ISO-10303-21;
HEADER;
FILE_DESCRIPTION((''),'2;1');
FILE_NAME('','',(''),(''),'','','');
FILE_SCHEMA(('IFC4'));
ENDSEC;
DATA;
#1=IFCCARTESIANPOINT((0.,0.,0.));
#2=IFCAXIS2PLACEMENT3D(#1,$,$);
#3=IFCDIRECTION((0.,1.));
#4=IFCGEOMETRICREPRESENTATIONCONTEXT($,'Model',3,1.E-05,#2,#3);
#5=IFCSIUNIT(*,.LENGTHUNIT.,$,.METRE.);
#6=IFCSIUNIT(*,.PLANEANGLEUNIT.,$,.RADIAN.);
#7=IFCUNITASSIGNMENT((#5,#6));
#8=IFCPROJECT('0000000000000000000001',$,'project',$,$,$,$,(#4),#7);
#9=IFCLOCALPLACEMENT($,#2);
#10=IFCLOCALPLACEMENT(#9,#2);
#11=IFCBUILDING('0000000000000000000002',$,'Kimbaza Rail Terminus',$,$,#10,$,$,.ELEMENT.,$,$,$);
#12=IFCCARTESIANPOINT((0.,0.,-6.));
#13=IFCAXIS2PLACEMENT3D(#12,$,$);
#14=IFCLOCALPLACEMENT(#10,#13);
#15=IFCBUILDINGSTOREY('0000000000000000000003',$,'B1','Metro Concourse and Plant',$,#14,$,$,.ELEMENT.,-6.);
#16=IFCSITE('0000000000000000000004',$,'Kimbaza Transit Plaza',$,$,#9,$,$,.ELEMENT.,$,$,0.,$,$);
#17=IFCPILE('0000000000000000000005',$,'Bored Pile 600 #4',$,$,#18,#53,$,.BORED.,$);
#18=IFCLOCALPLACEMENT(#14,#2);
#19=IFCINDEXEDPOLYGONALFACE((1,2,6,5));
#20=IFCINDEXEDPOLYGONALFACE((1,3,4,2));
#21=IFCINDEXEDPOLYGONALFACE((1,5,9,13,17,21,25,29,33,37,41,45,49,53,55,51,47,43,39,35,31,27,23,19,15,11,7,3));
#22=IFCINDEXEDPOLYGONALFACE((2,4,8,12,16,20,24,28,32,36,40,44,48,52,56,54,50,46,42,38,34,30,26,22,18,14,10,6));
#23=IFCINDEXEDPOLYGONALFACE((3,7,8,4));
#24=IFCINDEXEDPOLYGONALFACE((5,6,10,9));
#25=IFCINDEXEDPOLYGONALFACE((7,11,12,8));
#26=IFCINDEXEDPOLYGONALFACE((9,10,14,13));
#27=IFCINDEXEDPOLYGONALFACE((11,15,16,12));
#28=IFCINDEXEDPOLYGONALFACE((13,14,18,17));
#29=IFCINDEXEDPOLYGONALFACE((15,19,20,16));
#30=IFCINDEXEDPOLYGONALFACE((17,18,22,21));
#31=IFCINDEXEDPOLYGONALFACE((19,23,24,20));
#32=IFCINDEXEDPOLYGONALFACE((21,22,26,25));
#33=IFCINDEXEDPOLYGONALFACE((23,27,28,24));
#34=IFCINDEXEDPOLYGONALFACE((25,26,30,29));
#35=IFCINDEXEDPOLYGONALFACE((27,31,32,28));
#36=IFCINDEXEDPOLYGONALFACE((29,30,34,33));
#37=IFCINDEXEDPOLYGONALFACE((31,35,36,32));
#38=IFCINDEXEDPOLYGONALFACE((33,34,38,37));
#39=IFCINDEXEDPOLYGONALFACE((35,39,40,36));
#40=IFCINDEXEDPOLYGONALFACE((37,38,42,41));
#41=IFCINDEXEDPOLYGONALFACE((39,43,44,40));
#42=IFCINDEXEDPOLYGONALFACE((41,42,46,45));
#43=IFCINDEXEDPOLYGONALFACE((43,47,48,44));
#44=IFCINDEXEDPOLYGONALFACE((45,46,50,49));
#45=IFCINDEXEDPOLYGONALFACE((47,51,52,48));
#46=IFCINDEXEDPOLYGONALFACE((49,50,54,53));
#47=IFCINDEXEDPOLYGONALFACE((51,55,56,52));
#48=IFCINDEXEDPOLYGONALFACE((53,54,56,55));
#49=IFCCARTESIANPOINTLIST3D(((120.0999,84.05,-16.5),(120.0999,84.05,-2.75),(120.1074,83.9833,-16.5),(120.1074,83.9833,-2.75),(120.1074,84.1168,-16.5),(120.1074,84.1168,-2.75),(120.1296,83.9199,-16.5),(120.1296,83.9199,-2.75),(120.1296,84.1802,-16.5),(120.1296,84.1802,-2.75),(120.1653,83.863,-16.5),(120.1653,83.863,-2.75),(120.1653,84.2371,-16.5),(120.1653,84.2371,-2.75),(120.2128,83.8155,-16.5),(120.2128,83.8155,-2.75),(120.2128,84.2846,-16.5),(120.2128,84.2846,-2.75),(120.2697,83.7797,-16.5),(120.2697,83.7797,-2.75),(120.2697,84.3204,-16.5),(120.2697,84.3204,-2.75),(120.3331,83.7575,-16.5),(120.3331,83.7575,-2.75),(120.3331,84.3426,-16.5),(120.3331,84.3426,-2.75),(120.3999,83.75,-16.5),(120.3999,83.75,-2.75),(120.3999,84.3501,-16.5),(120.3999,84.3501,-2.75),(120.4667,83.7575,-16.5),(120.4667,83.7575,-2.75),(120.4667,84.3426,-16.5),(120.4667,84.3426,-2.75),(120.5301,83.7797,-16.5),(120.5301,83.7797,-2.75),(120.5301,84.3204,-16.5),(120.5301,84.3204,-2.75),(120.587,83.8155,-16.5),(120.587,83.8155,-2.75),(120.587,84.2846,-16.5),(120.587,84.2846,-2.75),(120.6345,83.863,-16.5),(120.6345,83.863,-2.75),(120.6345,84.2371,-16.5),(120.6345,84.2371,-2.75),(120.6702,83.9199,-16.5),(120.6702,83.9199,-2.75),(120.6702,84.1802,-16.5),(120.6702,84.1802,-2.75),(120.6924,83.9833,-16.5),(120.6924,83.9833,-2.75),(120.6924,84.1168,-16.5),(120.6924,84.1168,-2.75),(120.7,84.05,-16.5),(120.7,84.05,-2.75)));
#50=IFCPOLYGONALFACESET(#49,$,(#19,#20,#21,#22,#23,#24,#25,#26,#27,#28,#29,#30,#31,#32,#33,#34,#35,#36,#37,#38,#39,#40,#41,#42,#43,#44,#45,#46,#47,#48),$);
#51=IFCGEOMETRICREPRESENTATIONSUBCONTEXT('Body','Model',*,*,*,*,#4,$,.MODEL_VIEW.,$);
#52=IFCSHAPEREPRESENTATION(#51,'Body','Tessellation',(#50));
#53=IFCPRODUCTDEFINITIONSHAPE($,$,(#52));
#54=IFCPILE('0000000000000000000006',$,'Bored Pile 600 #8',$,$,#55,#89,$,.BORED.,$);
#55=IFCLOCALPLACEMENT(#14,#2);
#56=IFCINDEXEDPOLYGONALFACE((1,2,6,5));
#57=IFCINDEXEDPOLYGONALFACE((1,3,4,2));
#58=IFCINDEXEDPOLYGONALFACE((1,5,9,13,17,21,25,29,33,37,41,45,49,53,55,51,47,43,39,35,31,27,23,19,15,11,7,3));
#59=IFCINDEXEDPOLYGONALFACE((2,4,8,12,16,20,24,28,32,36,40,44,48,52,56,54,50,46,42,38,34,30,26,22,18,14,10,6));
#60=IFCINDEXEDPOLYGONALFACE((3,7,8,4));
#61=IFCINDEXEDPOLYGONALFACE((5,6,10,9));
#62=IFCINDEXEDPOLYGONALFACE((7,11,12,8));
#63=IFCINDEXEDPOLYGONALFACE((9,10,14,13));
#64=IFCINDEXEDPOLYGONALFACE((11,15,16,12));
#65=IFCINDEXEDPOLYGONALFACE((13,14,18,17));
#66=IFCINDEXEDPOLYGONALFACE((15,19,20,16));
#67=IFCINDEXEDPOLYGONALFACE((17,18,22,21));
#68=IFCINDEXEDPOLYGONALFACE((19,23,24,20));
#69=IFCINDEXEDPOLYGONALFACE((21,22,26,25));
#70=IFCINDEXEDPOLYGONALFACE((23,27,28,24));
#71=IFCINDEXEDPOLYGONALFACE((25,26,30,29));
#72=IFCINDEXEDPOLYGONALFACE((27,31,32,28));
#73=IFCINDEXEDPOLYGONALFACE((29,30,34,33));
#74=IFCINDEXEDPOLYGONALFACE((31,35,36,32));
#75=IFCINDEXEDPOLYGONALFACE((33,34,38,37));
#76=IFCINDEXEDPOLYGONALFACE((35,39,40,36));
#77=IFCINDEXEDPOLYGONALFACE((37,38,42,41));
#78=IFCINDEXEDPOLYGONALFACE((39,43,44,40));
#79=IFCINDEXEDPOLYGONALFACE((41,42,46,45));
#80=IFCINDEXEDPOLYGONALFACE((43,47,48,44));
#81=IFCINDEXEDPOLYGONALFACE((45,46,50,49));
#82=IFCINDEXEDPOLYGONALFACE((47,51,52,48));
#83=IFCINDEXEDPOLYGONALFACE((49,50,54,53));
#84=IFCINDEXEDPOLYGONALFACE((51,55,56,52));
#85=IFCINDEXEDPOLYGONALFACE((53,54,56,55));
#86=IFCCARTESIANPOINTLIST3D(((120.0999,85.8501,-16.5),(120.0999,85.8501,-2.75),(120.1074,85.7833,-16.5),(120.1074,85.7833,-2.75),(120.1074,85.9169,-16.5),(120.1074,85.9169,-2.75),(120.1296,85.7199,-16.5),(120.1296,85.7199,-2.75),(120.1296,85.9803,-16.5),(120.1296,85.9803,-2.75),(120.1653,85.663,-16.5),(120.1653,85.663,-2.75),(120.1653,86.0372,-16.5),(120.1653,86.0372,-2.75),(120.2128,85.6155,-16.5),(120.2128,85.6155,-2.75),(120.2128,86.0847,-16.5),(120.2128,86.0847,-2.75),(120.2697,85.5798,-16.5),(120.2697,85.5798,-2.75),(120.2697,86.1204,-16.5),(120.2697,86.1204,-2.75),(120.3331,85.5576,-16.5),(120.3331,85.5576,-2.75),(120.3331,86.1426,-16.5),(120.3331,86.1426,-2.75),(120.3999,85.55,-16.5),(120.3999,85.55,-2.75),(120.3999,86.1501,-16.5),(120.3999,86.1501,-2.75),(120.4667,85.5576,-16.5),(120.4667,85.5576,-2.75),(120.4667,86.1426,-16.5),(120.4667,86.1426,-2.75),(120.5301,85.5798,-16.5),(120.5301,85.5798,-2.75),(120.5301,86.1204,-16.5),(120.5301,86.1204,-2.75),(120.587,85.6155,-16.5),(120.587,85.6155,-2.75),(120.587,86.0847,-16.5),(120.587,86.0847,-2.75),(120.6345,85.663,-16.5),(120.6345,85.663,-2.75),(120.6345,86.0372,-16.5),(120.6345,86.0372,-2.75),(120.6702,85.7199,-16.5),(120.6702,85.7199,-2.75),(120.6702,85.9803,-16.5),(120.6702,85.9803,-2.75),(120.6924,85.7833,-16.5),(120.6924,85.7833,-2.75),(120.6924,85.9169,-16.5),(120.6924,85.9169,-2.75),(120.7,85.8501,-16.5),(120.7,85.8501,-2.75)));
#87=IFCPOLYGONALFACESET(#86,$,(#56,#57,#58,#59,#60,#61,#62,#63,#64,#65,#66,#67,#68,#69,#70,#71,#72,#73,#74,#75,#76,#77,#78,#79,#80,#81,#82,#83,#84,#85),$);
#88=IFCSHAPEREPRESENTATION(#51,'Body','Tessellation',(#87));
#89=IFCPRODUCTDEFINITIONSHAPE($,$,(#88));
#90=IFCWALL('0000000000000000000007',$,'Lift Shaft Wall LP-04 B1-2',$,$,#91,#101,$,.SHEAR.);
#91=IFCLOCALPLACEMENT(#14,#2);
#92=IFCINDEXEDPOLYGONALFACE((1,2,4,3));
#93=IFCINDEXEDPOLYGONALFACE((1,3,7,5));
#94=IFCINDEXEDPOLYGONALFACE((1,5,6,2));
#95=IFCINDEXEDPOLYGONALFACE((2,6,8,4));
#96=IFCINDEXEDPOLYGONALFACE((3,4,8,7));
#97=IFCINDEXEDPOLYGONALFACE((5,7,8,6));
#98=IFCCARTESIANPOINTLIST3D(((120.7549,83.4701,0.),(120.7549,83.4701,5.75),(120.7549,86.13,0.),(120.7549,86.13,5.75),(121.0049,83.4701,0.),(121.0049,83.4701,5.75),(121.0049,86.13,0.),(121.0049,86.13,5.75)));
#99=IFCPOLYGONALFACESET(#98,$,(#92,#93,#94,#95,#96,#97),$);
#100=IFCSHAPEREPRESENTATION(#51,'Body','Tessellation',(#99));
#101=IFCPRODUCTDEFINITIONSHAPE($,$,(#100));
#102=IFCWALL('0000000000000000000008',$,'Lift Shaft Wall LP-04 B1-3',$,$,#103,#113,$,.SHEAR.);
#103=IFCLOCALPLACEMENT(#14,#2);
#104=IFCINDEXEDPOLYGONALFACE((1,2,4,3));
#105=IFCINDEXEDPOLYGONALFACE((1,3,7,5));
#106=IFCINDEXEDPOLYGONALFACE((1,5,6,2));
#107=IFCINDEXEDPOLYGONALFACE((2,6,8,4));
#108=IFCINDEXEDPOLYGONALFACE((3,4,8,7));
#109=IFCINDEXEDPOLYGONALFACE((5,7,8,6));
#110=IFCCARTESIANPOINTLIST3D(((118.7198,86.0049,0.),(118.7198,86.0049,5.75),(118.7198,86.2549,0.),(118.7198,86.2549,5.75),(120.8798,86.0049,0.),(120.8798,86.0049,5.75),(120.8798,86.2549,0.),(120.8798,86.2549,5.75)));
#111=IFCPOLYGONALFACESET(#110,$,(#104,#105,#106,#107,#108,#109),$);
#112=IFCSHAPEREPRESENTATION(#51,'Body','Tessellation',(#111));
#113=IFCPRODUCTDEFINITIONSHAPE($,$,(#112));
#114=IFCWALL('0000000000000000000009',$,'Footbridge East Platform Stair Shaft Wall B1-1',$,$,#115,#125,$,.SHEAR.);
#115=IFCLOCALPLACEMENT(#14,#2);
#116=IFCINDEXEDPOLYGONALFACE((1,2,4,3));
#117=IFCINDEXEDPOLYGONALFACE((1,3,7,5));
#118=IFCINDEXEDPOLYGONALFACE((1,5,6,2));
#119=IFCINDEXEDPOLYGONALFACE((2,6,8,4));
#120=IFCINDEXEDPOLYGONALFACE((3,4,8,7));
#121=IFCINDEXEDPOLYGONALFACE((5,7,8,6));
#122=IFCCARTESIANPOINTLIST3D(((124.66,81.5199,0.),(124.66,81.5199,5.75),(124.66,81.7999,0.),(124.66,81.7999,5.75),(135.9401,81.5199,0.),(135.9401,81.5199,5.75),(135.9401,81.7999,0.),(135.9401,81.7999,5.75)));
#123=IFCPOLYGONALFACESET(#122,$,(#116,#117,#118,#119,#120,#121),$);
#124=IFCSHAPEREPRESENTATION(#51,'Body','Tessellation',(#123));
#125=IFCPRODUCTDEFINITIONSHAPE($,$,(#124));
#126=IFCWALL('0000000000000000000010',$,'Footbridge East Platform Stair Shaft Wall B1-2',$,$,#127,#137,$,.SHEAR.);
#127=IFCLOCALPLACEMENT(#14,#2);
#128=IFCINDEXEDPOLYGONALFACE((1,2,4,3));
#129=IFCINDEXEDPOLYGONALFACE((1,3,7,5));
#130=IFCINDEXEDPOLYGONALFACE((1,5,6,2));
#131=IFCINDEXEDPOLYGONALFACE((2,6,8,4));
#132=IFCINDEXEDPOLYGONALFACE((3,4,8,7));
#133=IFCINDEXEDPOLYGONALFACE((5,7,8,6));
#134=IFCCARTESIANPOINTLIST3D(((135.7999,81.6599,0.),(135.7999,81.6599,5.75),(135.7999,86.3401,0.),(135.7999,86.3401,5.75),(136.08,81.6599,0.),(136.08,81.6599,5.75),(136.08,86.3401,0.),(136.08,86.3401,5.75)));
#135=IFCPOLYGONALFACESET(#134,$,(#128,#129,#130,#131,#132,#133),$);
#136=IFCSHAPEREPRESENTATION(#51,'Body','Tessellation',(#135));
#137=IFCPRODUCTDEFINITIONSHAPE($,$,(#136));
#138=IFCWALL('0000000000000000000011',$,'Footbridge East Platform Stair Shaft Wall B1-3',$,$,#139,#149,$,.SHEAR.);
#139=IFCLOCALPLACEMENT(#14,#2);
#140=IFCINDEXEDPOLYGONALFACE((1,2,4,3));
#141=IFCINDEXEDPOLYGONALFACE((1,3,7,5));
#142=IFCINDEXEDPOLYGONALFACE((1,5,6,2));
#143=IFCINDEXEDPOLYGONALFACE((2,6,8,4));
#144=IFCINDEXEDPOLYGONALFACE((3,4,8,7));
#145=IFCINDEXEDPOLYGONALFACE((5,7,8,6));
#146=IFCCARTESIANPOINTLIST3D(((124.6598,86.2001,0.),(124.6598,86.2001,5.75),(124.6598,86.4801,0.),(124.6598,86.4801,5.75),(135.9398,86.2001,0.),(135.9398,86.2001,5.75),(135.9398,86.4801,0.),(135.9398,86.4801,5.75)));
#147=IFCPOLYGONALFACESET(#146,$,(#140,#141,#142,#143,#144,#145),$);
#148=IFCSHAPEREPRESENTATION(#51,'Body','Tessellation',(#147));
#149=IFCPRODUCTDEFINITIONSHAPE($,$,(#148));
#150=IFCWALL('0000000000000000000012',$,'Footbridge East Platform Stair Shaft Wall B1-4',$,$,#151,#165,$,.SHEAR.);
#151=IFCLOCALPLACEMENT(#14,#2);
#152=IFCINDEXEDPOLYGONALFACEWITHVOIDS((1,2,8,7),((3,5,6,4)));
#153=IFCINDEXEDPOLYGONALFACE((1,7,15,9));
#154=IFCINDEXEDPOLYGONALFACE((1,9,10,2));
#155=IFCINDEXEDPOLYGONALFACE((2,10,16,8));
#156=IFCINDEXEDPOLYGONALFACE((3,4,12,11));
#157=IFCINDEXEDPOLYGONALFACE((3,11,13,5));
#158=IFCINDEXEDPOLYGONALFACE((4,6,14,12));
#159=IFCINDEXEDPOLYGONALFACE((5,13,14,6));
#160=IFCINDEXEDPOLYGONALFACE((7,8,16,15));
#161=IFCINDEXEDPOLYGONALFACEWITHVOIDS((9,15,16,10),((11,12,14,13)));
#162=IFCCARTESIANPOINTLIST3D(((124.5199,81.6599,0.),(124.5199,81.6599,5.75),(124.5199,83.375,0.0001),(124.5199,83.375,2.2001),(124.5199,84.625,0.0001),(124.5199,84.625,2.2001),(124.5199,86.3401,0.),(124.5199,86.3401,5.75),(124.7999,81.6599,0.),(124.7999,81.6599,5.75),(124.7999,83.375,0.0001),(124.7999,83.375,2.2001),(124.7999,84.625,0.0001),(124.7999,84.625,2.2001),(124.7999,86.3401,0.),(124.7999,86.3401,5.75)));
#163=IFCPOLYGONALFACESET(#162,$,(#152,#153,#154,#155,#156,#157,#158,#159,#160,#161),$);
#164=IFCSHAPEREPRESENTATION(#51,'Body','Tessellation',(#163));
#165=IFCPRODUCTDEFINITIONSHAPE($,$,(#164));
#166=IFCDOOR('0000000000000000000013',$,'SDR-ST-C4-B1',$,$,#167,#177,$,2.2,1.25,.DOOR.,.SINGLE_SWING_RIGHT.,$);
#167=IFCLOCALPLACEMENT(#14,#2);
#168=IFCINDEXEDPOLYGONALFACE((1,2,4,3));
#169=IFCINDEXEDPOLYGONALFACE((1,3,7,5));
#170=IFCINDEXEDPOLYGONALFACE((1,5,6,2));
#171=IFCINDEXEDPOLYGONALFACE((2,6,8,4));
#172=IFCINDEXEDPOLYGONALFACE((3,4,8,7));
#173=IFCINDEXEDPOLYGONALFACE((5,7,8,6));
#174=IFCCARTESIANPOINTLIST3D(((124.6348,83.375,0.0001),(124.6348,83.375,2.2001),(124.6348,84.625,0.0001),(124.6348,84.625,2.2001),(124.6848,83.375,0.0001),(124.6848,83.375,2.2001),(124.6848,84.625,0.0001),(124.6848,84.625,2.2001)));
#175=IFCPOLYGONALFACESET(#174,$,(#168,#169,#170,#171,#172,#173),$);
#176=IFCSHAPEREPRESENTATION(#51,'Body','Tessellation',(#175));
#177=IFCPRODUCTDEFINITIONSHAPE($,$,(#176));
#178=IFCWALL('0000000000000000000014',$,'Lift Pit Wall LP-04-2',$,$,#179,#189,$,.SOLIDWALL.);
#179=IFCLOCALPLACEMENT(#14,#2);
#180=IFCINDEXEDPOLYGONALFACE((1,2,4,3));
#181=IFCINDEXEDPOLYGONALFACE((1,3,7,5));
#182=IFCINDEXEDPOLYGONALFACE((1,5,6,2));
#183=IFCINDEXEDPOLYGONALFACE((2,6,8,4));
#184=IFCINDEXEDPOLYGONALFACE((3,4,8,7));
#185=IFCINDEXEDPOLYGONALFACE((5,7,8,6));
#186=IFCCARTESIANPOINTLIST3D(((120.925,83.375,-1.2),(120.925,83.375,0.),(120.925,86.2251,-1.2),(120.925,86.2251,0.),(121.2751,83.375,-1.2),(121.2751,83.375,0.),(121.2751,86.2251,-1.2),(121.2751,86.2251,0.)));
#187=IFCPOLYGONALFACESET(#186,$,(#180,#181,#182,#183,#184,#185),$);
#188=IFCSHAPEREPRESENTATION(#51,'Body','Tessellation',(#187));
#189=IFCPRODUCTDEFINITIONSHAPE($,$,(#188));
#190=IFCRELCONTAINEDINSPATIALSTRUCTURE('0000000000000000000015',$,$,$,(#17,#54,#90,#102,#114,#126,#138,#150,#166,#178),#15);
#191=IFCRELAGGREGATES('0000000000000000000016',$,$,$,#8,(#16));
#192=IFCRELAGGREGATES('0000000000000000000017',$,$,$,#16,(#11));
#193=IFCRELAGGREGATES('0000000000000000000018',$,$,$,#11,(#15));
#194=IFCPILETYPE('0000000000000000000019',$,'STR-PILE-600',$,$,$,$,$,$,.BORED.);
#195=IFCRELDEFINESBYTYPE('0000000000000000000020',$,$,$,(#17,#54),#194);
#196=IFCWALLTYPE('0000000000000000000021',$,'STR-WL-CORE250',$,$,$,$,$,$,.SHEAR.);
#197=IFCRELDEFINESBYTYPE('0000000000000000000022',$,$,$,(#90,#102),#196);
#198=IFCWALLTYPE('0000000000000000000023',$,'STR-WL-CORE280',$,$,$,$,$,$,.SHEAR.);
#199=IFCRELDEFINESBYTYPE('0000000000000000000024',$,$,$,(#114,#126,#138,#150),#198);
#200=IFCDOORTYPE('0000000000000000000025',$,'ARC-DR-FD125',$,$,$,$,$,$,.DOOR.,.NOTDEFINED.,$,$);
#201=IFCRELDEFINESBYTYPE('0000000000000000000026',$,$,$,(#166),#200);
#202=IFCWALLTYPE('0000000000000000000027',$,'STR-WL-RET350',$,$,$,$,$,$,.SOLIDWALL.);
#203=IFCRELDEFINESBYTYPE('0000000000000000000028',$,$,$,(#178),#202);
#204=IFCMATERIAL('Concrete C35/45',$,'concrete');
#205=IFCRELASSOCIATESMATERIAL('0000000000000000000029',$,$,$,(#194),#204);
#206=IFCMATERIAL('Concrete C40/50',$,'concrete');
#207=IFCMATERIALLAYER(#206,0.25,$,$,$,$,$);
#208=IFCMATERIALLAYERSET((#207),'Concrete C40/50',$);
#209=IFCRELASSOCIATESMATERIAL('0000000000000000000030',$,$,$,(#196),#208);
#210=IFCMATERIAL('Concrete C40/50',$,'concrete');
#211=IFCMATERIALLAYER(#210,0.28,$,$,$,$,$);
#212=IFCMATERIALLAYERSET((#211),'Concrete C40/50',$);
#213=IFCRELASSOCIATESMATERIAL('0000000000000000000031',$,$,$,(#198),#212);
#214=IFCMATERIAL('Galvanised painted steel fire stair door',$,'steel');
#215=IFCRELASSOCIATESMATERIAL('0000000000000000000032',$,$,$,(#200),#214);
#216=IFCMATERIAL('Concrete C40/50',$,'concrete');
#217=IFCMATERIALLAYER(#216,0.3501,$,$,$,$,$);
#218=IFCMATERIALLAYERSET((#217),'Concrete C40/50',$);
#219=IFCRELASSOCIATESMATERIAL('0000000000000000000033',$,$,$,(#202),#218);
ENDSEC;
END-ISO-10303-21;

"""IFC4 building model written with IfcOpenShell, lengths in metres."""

from ifc_helpers import new_model, si_unit, direction, frame, frame_2d, origin, origin_2d, place, context, subcontext, project, spatial, rectangle, circle, extrude, material, layer, layer_set, material_profile, profile_set, type_object, element, fill, save


model = new_model("IFC4")

# Units and contexts
model_context = context("Model", 3, precision=1e-05, world=origin(), true_north=direction((0.0, 1.0)))
body_context = subcontext(model_context, "Body", "Model", "MODEL_VIEW")
ifc_project = project(units=[si_unit("LENGTHUNIT", "METRE"), si_unit("PLANEANGLEUNIT", "RADIAN")], contexts=[model_context])

# Site, building, storey
site_placement = place(None, origin())
site = spatial("IfcSite", under=ifc_project, at=site_placement, Name="Kimbaza Transit Plaza", CompositionType="ELEMENT", RefElevation=0.0)
building_placement = place(site_placement, origin())
building = spatial("IfcBuilding", under=site, at=building_placement, Name="Kimbaza Rail Terminus", CompositionType="ELEMENT")
storey_placement = place(building_placement, frame((0.0, 0.0, -6.0)))
storey = spatial("IfcBuildingStorey", under=building, at=storey_placement, Name="B1", Description="Metro Concourse and Plant", CompositionType="ELEMENT", Elevation=-6.0)

# Piles
ifc_material_1 = material(Name="Concrete C35/45", Category="concrete")
ifc_material_profile_1 = material_profile(ifc_material_1, circle(Radius=0.3, at=origin_2d()), Name="BORED PILE 600")
ifc_profile_set_1 = profile_set([ifc_material_profile_1], Name="Concrete C35/45")
pile_type_1 = type_object("IfcPileType", Name="STR-PILE-600", PredefinedType="BORED", material=ifc_profile_set_1)
for number, where, z_axis, x_axis, name in (
    (1, (120.3999, 84.05, -2.75), (0.0, 0.0, -1.0), (1.0, 0.0, 0.0), "Bored Pile 600 #4"),
    (2, (120.3999, 85.8501, -2.75), (0.0, 0.0, -1.0), (1.0, 0.0, 0.0), "Bored Pile 600 #8"),
):
    element("IfcPile", number, at=place(storey_placement, frame(where, z_axis=z_axis, x_axis=x_axis)), inside=storey, type_object=pile_type_1, Name=name, PredefinedType="BORED", context=body_context, shape_type="SweptSolid", body=[
        extrude(circle(Radius=0.3, at=origin_2d()), origin(), (0.0, 0.0, 1.0), 13.75),
    ])

# Walls
ifc_material_2 = material(Name="Concrete C40/50", Category="concrete")
ifc_layer_1 = layer(ifc_material_2, 0.25)
ifc_layer_set_1 = layer_set([ifc_layer_1], Name="Concrete C40/50")
wall_type_1 = type_object("IfcWallType", Name="STR-WL-CORE250", PredefinedType="SHEAR", material=ifc_layer_set_1)
wall_1_placement = place(storey_placement, frame((120.8799, 83.47, 0.0), z_axis=(0.0, 0.0, 1.0), x_axis=(0.0, 1.0, 0.0)))
element("IfcWall", 3, at=wall_1_placement, inside=storey, type_object=wall_type_1, Name="Lift Shaft Wall LP-04 B1-2", PredefinedType="SHEAR", context=body_context, shape_type="SweptSolid", body=[
    extrude(rectangle(XDim=2.6599, YDim=0.25, at=frame_2d((1.3301, 0.0))), origin(), (0.0, 0.0, 1.0), 5.75),
])
wall_2_placement = place(storey_placement, frame((120.8799, 86.1299, 0.0), z_axis=(0.0, 0.0, 1.0), x_axis=(-1.0, 0.0, 0.0)))
element("IfcWall", 4, at=wall_2_placement, inside=storey, type_object=wall_type_1, Name="Lift Shaft Wall LP-04 B1-3", PredefinedType="SHEAR", context=body_context, shape_type="SweptSolid", body=[
    extrude(rectangle(XDim=2.1599, YDim=0.25, at=frame_2d((1.0801, 0.0))), origin(), (0.0, 0.0, 1.0), 5.75),
])
ifc_material_3 = material(Name="Concrete C40/50", Category="concrete")
ifc_layer_2 = layer(ifc_material_3, 0.28)
ifc_layer_set_2 = layer_set([ifc_layer_2], Name="Concrete C40/50")
wall_type_2 = type_object("IfcWallType", Name="STR-WL-CORE280", PredefinedType="SHEAR", material=ifc_layer_set_2)
wall_3_placement = place(storey_placement, frame((124.6599, 81.6599, 0.0), z_axis=(0.0, 0.0, 1.0), x_axis=(1.0, 0.0, 0.0)))
element("IfcWall", 5, at=wall_3_placement, inside=storey, type_object=wall_type_2, Name="Footbridge East Platform Stair Shaft Wall B1-1", PredefinedType="SHEAR", context=body_context, shape_type="SweptSolid", body=[
    extrude(rectangle(XDim=11.28, YDim=0.28, at=frame_2d((5.6401, 0.0))), origin(), (0.0, 0.0, 1.0), 5.75),
])
wall_4_placement = place(storey_placement, frame((135.9399, 81.6599, 0.0), z_axis=(0.0, 0.0, 1.0), x_axis=(0.0, 1.0, 0.0)))
element("IfcWall", 6, at=wall_4_placement, inside=storey, type_object=wall_type_2, Name="Footbridge East Platform Stair Shaft Wall B1-2", PredefinedType="SHEAR", context=body_context, shape_type="SweptSolid", body=[
    extrude(rectangle(XDim=4.6802, YDim=0.28, at=frame_2d((2.3401, 0.0))), origin(), (0.0, 0.0, 1.0), 5.75),
])
wall_5_placement = place(storey_placement, frame((135.9399, 86.3401, 0.0), z_axis=(0.0, 0.0, 1.0), x_axis=(-1.0, 0.0, 0.0)))
element("IfcWall", 7, at=wall_5_placement, inside=storey, type_object=wall_type_2, Name="Footbridge East Platform Stair Shaft Wall B1-3", PredefinedType="SHEAR", context=body_context, shape_type="SweptSolid", body=[
    extrude(rectangle(XDim=11.28, YDim=0.28, at=frame_2d((5.6401, 0.0))), origin(), (0.0, 0.0, 1.0), 5.75),
])

# Wall, opening, door
wall_6_placement = place(storey_placement, frame((124.6599, 86.3401, 0.0), z_axis=(0.0, 0.0, 1.0), x_axis=(0.0, -1.0, 0.0)))
wall_6 = element("IfcWall", 8, at=wall_6_placement, inside=storey, type_object=wall_type_2, Name="Footbridge East Platform Stair Shaft Wall B1-4", PredefinedType="SHEAR", context=body_context, shape_type="SweptSolid", body=[
    extrude(rectangle(XDim=4.6802, YDim=0.28, at=frame_2d((2.3401, 0.0))), origin(), (0.0, 0.0, 1.0), 5.75),
])
opening_placement = place(wall_6_placement, frame((1.7151, 0.0, 0.0)))
opening = element("IfcOpeningElement", 9, at=opening_placement, cuts=wall_6, PredefinedType="OPENING", context=body_context, shape_type="SweptSolid", body=[
    extrude(rectangle(XDim=1.25, YDim=2.2, at=frame_2d((0.625, 1.1001))), frame((0.0, 0.1499, 0.0), z_axis=(0.0, -1.0, 0.0), x_axis=(1.0, 0.0, 0.0)), (0.0, 0.0, 1.0), 0.3),
])
ifc_material_4 = material(Name="Galvanised painted steel fire stair door", Category="steel")
door_type = type_object("IfcDoorType", Name="ARC-DR-FD125", OperationType="NOTDEFINED", PredefinedType="DOOR", material=ifc_material_4)
door_placement = place(opening_placement, origin())
door = element("IfcDoor", 10, at=door_placement, inside=storey, type_object=door_type, Name="SDR-ST-C4-B1", OperationType="SINGLE_SWING_RIGHT", OverallHeight=2.2, OverallWidth=1.25, PredefinedType="DOOR", context=body_context, shape_type="SweptSolid", body=[
    extrude(rectangle(XDim=1.25, YDim=2.2, at=frame_2d((0.625, 1.1001))), frame((0.0, 0.0249, 0.0), z_axis=(0.0, -1.0, 0.0), x_axis=(1.0, 0.0, 0.0)), (0.0, 0.0, 1.0), 0.05),
])
fill(opening, door)

# Wall
ifc_material_5 = material(Name="Concrete C40/50", Category="concrete")
ifc_layer_3 = layer(ifc_material_5, 0.3501)
ifc_layer_set_3 = layer_set([ifc_layer_3], Name="Concrete C40/50")
wall_type_3 = type_object("IfcWallType", Name="STR-WL-RET350", PredefinedType="SOLIDWALL", material=ifc_layer_set_3)
wall_7_placement = place(storey_placement, frame((121.1001, 83.375, -1.2), z_axis=(0.0, 0.0, 1.0), x_axis=(0.0, 1.0, 0.0)))
element("IfcWall", 11, at=wall_7_placement, inside=storey, type_object=wall_type_3, Name="Lift Pit Wall LP-04-2", PredefinedType="SOLIDWALL", context=body_context, shape_type="SweptSolid", body=[
    extrude(rectangle(XDim=2.8501, YDim=0.3501, at=frame_2d((1.425, 0.0))), origin(), (0.0, 0.0, 1.0), 1.2),
])

save(model, "model.ifc")
